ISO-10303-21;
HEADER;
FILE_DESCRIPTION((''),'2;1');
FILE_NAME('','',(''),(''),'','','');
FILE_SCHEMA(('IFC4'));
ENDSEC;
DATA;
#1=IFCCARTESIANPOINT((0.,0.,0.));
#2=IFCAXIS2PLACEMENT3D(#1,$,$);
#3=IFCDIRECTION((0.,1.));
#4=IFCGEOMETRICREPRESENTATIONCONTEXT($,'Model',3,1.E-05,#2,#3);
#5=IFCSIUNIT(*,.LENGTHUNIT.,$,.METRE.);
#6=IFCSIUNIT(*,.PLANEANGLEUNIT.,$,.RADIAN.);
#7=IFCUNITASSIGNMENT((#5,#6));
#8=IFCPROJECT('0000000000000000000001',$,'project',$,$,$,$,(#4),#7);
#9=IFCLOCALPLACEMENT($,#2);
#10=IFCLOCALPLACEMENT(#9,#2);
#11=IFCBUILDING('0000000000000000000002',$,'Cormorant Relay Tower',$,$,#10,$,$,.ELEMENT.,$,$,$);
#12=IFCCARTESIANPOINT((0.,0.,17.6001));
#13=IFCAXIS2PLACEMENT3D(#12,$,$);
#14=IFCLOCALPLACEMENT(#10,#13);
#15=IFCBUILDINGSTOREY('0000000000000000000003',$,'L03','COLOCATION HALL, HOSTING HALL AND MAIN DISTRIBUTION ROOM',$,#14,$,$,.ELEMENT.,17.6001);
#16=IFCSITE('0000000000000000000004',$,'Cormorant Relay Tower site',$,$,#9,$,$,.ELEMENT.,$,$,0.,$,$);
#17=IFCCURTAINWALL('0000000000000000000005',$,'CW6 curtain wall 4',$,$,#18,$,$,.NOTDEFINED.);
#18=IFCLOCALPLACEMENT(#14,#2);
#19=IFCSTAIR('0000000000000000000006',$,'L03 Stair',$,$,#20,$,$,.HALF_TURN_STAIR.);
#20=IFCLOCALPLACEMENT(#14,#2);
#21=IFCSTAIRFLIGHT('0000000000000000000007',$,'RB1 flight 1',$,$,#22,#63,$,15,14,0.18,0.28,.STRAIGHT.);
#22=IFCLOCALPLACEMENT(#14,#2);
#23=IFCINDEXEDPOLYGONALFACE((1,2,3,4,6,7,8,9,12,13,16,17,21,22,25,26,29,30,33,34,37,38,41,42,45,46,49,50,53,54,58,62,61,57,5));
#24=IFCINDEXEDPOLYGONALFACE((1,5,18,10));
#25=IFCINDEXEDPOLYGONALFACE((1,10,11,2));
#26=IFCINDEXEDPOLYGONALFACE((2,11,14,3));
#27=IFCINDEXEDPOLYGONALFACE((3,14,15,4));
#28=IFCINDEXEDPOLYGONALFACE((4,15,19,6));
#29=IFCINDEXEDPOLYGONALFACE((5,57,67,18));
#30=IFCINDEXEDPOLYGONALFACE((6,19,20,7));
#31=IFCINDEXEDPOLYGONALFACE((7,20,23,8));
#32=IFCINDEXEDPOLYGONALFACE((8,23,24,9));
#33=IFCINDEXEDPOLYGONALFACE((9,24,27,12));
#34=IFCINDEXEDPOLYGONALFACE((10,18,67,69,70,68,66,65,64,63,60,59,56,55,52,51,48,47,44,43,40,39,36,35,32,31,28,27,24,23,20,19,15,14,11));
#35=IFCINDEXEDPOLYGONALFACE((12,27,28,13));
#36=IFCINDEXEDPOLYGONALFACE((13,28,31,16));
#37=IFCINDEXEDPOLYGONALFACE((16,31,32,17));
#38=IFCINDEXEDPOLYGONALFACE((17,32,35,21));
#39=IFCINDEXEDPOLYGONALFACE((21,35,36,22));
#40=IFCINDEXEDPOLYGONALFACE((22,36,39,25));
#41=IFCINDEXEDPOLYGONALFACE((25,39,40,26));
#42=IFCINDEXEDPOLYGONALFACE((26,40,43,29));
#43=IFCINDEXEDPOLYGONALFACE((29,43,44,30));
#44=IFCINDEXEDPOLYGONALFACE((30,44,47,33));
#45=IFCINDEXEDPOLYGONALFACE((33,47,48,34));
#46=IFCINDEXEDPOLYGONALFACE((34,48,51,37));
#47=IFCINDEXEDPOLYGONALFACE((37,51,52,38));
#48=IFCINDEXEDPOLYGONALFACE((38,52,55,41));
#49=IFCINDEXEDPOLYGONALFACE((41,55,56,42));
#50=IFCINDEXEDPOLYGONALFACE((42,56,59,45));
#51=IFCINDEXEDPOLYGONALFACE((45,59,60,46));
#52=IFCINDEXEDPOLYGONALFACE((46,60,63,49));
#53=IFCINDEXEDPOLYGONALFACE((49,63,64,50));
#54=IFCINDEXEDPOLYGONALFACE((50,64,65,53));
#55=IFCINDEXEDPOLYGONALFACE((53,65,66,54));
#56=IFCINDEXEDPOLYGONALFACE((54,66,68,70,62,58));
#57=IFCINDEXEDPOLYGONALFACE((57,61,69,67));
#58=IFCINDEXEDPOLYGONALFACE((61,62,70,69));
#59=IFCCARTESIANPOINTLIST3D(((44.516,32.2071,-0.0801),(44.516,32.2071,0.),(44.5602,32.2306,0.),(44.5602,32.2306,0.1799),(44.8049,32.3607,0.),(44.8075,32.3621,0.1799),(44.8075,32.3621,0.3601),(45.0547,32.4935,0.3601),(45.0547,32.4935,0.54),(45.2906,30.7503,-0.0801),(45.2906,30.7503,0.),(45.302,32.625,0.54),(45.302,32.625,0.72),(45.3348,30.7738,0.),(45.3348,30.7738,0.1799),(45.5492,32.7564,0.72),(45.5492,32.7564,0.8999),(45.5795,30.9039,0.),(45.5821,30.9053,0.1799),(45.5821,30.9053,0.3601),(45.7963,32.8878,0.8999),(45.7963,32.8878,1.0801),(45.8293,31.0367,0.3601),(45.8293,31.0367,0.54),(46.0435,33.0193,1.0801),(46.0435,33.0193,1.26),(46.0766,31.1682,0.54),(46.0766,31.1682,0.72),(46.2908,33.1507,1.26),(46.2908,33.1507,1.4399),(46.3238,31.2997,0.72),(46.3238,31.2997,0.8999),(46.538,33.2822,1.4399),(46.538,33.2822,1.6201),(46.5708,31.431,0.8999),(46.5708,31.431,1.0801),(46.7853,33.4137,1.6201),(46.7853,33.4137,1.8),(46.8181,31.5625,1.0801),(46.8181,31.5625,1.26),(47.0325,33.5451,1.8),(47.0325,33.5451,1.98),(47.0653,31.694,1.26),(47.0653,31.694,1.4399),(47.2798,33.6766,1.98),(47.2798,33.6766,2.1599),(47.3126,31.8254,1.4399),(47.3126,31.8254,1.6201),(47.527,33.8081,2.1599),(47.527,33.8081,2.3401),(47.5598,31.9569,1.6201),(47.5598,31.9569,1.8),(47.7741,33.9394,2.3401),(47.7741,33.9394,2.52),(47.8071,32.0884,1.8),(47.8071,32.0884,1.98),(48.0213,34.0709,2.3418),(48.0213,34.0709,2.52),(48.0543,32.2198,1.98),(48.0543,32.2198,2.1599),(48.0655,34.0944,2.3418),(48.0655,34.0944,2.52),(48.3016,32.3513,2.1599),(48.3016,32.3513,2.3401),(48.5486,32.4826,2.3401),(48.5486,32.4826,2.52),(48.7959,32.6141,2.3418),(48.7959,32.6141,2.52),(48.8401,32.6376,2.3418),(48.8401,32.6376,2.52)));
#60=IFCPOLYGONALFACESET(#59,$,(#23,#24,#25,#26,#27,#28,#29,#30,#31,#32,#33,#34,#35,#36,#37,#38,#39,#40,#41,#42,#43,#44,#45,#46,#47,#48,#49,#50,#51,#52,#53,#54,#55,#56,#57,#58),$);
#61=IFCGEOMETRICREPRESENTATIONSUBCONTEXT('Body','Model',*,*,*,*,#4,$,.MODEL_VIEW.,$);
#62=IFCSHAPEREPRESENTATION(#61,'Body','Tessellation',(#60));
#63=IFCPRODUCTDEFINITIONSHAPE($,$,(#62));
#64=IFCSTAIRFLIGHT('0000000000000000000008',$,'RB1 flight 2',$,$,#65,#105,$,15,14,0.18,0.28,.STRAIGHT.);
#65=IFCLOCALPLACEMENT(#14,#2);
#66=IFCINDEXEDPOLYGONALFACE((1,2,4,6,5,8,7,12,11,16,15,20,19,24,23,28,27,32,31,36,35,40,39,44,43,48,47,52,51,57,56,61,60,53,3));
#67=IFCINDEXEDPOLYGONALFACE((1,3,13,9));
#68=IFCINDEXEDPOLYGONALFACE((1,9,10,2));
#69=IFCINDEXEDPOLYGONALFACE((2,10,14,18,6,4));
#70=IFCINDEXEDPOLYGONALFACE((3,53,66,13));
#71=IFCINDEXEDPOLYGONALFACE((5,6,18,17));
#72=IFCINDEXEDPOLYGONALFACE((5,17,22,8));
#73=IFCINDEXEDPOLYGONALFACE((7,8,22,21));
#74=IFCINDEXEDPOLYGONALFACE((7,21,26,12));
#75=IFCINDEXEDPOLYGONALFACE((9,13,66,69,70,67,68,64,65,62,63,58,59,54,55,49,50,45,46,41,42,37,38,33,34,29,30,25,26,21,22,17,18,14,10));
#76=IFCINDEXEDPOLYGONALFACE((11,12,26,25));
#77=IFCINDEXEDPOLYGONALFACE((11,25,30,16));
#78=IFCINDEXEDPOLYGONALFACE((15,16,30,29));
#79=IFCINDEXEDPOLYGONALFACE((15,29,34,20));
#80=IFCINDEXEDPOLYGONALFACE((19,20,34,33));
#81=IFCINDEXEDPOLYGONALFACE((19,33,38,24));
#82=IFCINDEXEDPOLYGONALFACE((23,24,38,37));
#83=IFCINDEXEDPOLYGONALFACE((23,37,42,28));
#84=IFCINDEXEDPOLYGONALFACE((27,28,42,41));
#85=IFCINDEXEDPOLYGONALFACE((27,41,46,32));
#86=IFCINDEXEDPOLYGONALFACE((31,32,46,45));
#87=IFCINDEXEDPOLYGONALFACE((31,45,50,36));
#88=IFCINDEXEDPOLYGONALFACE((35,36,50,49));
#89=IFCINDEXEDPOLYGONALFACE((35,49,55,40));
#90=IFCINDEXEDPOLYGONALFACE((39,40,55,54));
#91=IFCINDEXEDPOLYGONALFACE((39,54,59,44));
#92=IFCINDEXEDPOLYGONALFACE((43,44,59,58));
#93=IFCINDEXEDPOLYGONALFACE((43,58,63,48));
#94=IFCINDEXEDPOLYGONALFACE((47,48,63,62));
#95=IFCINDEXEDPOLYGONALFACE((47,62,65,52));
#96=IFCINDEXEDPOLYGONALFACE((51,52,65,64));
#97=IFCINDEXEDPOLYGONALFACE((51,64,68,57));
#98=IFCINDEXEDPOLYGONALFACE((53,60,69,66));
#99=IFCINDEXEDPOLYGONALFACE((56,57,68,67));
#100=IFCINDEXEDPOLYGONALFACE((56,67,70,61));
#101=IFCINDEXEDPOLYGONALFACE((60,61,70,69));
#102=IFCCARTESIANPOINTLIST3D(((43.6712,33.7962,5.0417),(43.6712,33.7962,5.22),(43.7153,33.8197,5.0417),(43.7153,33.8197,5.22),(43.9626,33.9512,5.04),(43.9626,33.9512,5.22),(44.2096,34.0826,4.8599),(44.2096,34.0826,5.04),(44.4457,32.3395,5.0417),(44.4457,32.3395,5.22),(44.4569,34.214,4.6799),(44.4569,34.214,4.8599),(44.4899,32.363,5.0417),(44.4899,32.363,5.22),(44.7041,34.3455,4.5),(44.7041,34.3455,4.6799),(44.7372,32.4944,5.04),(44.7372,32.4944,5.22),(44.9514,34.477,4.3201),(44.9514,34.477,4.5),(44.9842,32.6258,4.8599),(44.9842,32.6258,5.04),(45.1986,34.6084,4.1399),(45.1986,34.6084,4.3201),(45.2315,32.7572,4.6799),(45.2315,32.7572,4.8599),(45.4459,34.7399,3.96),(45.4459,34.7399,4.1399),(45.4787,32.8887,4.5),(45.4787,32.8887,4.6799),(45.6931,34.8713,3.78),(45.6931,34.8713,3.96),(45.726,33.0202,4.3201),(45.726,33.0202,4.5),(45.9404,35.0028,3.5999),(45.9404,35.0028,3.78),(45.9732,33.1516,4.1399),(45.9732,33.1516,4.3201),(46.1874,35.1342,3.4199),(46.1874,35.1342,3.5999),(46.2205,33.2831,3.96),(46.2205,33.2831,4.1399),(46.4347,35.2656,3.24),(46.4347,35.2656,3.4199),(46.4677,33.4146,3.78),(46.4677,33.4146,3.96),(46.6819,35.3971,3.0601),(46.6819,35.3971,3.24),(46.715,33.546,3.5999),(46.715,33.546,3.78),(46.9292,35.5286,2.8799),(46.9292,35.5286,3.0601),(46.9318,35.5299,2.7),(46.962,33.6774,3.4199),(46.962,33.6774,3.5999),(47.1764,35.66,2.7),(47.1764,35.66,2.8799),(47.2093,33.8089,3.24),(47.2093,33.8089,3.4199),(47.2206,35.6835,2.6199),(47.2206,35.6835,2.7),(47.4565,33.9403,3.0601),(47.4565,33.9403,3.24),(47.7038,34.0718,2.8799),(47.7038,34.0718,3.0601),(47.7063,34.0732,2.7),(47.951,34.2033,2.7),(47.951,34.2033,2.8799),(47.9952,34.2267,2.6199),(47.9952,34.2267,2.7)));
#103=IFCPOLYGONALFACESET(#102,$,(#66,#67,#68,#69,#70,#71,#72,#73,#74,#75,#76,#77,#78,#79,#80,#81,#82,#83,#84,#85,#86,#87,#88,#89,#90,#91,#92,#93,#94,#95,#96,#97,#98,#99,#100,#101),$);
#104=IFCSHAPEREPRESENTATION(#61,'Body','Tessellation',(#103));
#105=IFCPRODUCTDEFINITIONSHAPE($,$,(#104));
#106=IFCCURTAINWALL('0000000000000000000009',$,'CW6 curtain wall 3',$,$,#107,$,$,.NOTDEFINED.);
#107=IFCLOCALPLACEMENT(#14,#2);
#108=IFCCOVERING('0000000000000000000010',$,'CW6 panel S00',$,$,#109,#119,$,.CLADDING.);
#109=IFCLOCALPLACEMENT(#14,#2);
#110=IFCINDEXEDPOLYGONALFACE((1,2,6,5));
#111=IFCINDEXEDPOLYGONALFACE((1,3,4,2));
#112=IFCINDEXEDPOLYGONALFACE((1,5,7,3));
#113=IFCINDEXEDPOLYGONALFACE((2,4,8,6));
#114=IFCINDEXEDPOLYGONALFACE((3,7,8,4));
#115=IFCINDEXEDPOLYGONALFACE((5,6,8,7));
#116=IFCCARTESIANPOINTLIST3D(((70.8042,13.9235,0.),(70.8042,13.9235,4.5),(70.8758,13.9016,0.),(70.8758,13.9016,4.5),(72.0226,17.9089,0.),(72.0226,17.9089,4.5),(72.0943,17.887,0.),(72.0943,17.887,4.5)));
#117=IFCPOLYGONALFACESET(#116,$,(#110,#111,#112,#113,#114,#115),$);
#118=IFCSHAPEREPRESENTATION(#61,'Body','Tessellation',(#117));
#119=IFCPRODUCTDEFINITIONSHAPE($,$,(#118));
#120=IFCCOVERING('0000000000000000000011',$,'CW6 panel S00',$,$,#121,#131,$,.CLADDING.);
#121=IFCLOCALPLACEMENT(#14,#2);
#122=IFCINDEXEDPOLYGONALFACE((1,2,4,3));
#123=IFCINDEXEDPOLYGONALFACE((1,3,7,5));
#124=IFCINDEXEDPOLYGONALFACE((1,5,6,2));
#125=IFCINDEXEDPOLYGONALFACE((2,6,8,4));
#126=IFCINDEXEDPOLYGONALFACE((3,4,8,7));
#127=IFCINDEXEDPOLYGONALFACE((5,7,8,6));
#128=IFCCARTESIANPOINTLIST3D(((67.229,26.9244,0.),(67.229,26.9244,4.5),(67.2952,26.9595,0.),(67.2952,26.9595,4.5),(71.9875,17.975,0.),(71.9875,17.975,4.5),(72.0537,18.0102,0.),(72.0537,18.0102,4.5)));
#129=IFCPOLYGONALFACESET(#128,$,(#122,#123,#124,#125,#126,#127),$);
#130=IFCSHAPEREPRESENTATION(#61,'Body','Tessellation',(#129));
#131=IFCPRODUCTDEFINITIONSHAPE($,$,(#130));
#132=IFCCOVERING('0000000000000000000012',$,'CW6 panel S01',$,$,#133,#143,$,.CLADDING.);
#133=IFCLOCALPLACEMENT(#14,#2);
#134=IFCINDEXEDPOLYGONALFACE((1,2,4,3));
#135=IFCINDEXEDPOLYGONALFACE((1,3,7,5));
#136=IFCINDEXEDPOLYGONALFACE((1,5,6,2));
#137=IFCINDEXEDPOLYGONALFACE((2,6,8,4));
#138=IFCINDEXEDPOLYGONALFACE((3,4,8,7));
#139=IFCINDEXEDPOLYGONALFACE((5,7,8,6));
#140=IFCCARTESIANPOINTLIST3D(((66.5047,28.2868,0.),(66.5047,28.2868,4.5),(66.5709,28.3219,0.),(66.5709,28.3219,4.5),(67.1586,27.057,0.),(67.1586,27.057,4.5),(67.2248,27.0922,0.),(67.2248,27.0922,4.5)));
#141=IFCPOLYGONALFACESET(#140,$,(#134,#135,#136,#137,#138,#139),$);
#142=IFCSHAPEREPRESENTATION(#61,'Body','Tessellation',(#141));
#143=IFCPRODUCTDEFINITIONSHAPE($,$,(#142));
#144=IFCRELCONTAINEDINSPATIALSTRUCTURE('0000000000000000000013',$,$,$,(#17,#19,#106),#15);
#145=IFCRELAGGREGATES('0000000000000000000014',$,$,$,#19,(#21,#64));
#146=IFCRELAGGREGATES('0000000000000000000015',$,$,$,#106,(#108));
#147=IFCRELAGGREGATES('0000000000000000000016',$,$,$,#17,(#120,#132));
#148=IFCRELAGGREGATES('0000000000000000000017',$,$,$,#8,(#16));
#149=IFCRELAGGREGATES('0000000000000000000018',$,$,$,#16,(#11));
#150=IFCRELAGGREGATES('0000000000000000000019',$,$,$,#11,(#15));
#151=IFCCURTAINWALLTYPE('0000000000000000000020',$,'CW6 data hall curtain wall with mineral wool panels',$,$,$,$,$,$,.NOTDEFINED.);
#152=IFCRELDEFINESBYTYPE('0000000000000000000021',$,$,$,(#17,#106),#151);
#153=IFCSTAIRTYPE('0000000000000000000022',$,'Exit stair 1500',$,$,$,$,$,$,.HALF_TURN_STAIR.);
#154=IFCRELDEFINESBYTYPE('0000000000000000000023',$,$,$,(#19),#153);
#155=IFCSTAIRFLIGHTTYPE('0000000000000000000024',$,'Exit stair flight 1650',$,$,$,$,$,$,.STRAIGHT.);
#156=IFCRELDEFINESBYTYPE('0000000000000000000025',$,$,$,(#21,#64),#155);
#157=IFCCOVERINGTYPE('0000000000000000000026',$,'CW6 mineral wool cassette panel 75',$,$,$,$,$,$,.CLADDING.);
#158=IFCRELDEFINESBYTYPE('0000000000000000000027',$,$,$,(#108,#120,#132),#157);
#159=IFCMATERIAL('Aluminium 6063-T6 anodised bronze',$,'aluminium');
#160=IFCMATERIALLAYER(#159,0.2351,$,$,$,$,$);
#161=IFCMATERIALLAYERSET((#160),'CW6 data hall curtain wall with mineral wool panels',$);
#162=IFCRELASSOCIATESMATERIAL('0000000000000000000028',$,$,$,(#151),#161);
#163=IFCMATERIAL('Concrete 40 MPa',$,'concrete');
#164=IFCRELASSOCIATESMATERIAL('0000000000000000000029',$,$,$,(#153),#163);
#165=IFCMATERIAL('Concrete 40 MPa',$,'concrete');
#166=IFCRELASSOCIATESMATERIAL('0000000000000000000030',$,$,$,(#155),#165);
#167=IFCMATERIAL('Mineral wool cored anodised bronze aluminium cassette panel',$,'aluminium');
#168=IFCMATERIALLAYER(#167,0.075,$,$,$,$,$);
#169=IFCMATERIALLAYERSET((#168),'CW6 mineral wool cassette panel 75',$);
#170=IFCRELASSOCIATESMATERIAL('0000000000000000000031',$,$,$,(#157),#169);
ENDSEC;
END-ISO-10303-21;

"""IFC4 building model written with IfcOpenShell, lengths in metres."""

from ifc_helpers import new_model, si_unit, direction, frame, origin, origin_2d, place, context, subcontext, project, spatial, polyline, rectangle, outline, extrude, material, layer, layer_set, type_object, element, aggregate, save


model = new_model("IFC4")

# Units and contexts
model_context = context("Model", 3, precision=1e-05, world=origin(), true_north=direction((0.0, 1.0)))
body_context = subcontext(model_context, "Body", "Model", "MODEL_VIEW")
ifc_project = project(units=[si_unit("LENGTHUNIT", "METRE"), si_unit("PLANEANGLEUNIT", "RADIAN")], contexts=[model_context])

# Site, building, storey
site_placement = place(None, origin())
site = spatial("IfcSite", under=ifc_project, at=site_placement, Name="Cormorant Relay Tower site", CompositionType="ELEMENT", RefElevation=0.0)
building_placement = place(site_placement, origin())
building = spatial("IfcBuilding", under=site, at=building_placement, Name="Cormorant Relay Tower", CompositionType="ELEMENT")
storey_placement = place(building_placement, frame((0.0, 0.0, 17.6001)))
storey = spatial("IfcBuildingStorey", under=building, at=storey_placement, Name="L03", Description="COLOCATION HALL, HOSTING HALL AND MAIN DISTRIBUTION ROOM", CompositionType="ELEMENT", Elevation=17.6001)

# Curtain wall
ifc_material_1 = material(Name="Aluminium 6063-T6 anodised bronze", Category="aluminium")
ifc_layer_1 = layer(ifc_material_1, 0.2351)
ifc_layer_set_1 = layer_set([ifc_layer_1], Name="CW6 data hall curtain wall with mineral wool panels")
curtain_wall_type = type_object("IfcCurtainWallType", Name="CW6 data hall curtain wall with mineral wool panels", PredefinedType="NOTDEFINED", material=ifc_layer_set_1)
curtain_wall_1_placement = place(storey_placement, origin())
curtain_wall_1 = element("IfcCurtainWall", 1, at=curtain_wall_1_placement, inside=storey, type_object=curtain_wall_type, Name="CW6 curtain wall 4", PredefinedType="NOTDEFINED")

# Stair, stair flights
ifc_material_2 = material(Name="Concrete 40 MPa", Category="concrete")
stair_type = type_object("IfcStairType", Name="Exit stair 1500", PredefinedType="HALF_TURN_STAIR", material=ifc_material_2)
stair_placement = place(storey_placement, origin())
stair = element("IfcStair", 2, at=stair_placement, inside=storey, type_object=stair_type, Name="L03 Stair", PredefinedType="HALF_TURN_STAIR")
ifc_material_3 = material(Name="Concrete 40 MPa", Category="concrete")
stair_flight_type = type_object("IfcStairFlightType", Name="Exit stair flight 1650", PredefinedType="STRAIGHT", material=ifc_material_3)
stair_flight_1_placement = place(storey_placement, frame((44.9475, 31.5022, 0.0), z_axis=(0.0, 0.0, 1.0), x_axis=(0.882948, 0.469472, 0.0)))
stair_flight_1 = element("IfcStairFlight", 3, at=stair_flight_1_placement, type_object=stair_flight_type, Name="RB1 flight 1", NumberOfRisers=15, NumberOfTreads=14, PredefinedType="STRAIGHT", RiserHeight=0.18, TreadLength=0.28, context=body_context, shape_type="SweptSolid", body=[
    extrude(outline(polyline([(-0.05, -0.0801), (-0.05, 0.0), (0.0, 0.0), (0.0, 0.1799), (0.28, 0.1799), (0.28, 0.3601), (0.5601, 0.3601), (0.5601, 0.54), (0.8401, 0.54), (0.8401, 0.72), (1.1201, 0.72), (1.1201, 0.8999), (1.3999, 0.8999), (1.3999, 1.0801), (1.6799, 1.0801), (1.6799, 1.26), (1.96, 1.26), (1.96, 1.4399), (2.24, 1.4399), (2.24, 1.6201), (2.52, 1.6201), (2.52, 1.8), (2.8, 1.8), (2.8, 1.98), (3.0801, 1.98), (3.0801, 2.1599), (3.3601, 2.1599), (3.3601, 2.3401), (3.6399, 2.3401), (3.6399, 2.52), (3.9199, 2.52), (3.97, 2.52), (3.97, 2.3418), (3.9199, 2.3418), (0.2771, 0.0), (-0.05, -0.0801)])), frame((0.0, 0.825, 0.0), z_axis=(0.0, -1.0, 0.0), x_axis=(1.0, 0.0, 0.0)), (0.0, 0.0, 1.0), 1.6499),
])
stair_flight_2_placement = place(storey_placement, frame((47.5637, 34.9316, 2.7), z_axis=(0.0, 0.0, 1.0), x_axis=(-0.882948, -0.469472, 0.0)))
stair_flight_2 = element("IfcStairFlight", 4, at=stair_flight_2_placement, type_object=stair_flight_type, Name="RB1 flight 2", NumberOfRisers=15, NumberOfTreads=14, PredefinedType="STRAIGHT", RiserHeight=0.18, TreadLength=0.28, context=body_context, shape_type="SweptSolid", body=[
    extrude(outline(polyline([(-0.05, -0.0801), (-0.05, 0.0), (0.0, 0.0), (0.0, 0.1799), (0.28, 0.1799), (0.28, 0.3601), (0.5601, 0.3601), (0.5601, 0.54), (0.8401, 0.54), (0.8401, 0.72), (1.1201, 0.72), (1.1201, 0.8999), (1.3999, 0.8999), (1.3999, 1.0801), (1.6799, 1.0801), (1.6799, 1.26), (1.96, 1.26), (1.96, 1.4399), (2.24, 1.4399), (2.24, 1.6201), (2.52, 1.6201), (2.52, 1.8), (2.8, 1.8), (2.8, 1.98), (3.0801, 1.98), (3.0801, 2.1599), (3.3601, 2.1599), (3.3601, 2.3401), (3.6399, 2.3401), (3.6399, 2.52), (3.9199, 2.52), (3.97, 2.52), (3.97, 2.3418), (3.9199, 2.3418), (0.2771, 0.0), (-0.05, -0.0801)])), frame((0.0, 0.825, 0.0), z_axis=(0.0, -1.0, 0.0), x_axis=(1.0, 0.0, 0.0)), (0.0, 0.0, 1.0), 1.6499),
])
aggregate(stair, [stair_flight_1, stair_flight_2])

# Curtain wall, covering
curtain_wall_2_placement = place(storey_placement, origin())
curtain_wall_2 = element("IfcCurtainWall", 5, at=curtain_wall_2_placement, inside=storey, type_object=curtain_wall_type, Name="CW6 curtain wall 3", PredefinedType="NOTDEFINED")
ifc_material_4 = material(Name="Mineral wool cored anodised bronze aluminium cassette panel", Category="aluminium")
ifc_layer_2 = layer(ifc_material_4, 0.075)
ifc_layer_set_2 = layer_set([ifc_layer_2], Name="CW6 mineral wool cassette panel 75")
covering_type = type_object("IfcCoveringType", Name="CW6 mineral wool cassette panel 75", PredefinedType="CLADDING", material=ifc_layer_set_2)
covering_1_placement = place(storey_placement, frame((71.4492, 15.9053, 0.0), z_axis=(0.0, 0.0, 1.0), x_axis=(0.292372, 0.956305, 0.0)))
covering_1 = element("IfcCovering", 6, at=covering_1_placement, type_object=covering_type, Name="CW6 panel S00", PredefinedType="CLADDING", context=body_context, shape_type="SweptSolid", body=[
    extrude(rectangle(XDim=4.1675, YDim=0.075, at=origin_2d()), origin(), (0.0, 0.0, 1.0), 4.5),
])
aggregate(curtain_wall_2, [covering_1])

# Coverings
covering_2_placement = place(storey_placement, frame((69.6414, 22.4673, 0.0), z_axis=(0.0, 0.0, 1.0), x_axis=(-0.469472, 0.882948, 0.0)))
covering_2 = element("IfcCovering", 7, at=covering_2_placement, type_object=covering_type, Name="CW6 panel S00", PredefinedType="CLADDING", context=body_context, shape_type="SweptSolid", body=[
    extrude(rectangle(XDim=10.1357, YDim=0.075, at=origin_2d()), origin(), (0.0, 0.0, 1.0), 4.5),
])
covering_3_placement = place(storey_placement, frame((66.8647, 27.6895, 0.0), z_axis=(0.0, 0.0, 1.0), x_axis=(-0.469472, 0.882948, 0.0)))
covering_3 = element("IfcCovering", 8, at=covering_3_placement, type_object=covering_type, Name="CW6 panel S01", PredefinedType="CLADDING", context=body_context, shape_type="SweptSolid", body=[
    extrude(rectangle(XDim=1.3928, YDim=0.075, at=origin_2d()), origin(), (0.0, 0.0, 1.0), 4.5),
])
aggregate(curtain_wall_1, [covering_2, covering_3])

save(model, "model.ifc")
